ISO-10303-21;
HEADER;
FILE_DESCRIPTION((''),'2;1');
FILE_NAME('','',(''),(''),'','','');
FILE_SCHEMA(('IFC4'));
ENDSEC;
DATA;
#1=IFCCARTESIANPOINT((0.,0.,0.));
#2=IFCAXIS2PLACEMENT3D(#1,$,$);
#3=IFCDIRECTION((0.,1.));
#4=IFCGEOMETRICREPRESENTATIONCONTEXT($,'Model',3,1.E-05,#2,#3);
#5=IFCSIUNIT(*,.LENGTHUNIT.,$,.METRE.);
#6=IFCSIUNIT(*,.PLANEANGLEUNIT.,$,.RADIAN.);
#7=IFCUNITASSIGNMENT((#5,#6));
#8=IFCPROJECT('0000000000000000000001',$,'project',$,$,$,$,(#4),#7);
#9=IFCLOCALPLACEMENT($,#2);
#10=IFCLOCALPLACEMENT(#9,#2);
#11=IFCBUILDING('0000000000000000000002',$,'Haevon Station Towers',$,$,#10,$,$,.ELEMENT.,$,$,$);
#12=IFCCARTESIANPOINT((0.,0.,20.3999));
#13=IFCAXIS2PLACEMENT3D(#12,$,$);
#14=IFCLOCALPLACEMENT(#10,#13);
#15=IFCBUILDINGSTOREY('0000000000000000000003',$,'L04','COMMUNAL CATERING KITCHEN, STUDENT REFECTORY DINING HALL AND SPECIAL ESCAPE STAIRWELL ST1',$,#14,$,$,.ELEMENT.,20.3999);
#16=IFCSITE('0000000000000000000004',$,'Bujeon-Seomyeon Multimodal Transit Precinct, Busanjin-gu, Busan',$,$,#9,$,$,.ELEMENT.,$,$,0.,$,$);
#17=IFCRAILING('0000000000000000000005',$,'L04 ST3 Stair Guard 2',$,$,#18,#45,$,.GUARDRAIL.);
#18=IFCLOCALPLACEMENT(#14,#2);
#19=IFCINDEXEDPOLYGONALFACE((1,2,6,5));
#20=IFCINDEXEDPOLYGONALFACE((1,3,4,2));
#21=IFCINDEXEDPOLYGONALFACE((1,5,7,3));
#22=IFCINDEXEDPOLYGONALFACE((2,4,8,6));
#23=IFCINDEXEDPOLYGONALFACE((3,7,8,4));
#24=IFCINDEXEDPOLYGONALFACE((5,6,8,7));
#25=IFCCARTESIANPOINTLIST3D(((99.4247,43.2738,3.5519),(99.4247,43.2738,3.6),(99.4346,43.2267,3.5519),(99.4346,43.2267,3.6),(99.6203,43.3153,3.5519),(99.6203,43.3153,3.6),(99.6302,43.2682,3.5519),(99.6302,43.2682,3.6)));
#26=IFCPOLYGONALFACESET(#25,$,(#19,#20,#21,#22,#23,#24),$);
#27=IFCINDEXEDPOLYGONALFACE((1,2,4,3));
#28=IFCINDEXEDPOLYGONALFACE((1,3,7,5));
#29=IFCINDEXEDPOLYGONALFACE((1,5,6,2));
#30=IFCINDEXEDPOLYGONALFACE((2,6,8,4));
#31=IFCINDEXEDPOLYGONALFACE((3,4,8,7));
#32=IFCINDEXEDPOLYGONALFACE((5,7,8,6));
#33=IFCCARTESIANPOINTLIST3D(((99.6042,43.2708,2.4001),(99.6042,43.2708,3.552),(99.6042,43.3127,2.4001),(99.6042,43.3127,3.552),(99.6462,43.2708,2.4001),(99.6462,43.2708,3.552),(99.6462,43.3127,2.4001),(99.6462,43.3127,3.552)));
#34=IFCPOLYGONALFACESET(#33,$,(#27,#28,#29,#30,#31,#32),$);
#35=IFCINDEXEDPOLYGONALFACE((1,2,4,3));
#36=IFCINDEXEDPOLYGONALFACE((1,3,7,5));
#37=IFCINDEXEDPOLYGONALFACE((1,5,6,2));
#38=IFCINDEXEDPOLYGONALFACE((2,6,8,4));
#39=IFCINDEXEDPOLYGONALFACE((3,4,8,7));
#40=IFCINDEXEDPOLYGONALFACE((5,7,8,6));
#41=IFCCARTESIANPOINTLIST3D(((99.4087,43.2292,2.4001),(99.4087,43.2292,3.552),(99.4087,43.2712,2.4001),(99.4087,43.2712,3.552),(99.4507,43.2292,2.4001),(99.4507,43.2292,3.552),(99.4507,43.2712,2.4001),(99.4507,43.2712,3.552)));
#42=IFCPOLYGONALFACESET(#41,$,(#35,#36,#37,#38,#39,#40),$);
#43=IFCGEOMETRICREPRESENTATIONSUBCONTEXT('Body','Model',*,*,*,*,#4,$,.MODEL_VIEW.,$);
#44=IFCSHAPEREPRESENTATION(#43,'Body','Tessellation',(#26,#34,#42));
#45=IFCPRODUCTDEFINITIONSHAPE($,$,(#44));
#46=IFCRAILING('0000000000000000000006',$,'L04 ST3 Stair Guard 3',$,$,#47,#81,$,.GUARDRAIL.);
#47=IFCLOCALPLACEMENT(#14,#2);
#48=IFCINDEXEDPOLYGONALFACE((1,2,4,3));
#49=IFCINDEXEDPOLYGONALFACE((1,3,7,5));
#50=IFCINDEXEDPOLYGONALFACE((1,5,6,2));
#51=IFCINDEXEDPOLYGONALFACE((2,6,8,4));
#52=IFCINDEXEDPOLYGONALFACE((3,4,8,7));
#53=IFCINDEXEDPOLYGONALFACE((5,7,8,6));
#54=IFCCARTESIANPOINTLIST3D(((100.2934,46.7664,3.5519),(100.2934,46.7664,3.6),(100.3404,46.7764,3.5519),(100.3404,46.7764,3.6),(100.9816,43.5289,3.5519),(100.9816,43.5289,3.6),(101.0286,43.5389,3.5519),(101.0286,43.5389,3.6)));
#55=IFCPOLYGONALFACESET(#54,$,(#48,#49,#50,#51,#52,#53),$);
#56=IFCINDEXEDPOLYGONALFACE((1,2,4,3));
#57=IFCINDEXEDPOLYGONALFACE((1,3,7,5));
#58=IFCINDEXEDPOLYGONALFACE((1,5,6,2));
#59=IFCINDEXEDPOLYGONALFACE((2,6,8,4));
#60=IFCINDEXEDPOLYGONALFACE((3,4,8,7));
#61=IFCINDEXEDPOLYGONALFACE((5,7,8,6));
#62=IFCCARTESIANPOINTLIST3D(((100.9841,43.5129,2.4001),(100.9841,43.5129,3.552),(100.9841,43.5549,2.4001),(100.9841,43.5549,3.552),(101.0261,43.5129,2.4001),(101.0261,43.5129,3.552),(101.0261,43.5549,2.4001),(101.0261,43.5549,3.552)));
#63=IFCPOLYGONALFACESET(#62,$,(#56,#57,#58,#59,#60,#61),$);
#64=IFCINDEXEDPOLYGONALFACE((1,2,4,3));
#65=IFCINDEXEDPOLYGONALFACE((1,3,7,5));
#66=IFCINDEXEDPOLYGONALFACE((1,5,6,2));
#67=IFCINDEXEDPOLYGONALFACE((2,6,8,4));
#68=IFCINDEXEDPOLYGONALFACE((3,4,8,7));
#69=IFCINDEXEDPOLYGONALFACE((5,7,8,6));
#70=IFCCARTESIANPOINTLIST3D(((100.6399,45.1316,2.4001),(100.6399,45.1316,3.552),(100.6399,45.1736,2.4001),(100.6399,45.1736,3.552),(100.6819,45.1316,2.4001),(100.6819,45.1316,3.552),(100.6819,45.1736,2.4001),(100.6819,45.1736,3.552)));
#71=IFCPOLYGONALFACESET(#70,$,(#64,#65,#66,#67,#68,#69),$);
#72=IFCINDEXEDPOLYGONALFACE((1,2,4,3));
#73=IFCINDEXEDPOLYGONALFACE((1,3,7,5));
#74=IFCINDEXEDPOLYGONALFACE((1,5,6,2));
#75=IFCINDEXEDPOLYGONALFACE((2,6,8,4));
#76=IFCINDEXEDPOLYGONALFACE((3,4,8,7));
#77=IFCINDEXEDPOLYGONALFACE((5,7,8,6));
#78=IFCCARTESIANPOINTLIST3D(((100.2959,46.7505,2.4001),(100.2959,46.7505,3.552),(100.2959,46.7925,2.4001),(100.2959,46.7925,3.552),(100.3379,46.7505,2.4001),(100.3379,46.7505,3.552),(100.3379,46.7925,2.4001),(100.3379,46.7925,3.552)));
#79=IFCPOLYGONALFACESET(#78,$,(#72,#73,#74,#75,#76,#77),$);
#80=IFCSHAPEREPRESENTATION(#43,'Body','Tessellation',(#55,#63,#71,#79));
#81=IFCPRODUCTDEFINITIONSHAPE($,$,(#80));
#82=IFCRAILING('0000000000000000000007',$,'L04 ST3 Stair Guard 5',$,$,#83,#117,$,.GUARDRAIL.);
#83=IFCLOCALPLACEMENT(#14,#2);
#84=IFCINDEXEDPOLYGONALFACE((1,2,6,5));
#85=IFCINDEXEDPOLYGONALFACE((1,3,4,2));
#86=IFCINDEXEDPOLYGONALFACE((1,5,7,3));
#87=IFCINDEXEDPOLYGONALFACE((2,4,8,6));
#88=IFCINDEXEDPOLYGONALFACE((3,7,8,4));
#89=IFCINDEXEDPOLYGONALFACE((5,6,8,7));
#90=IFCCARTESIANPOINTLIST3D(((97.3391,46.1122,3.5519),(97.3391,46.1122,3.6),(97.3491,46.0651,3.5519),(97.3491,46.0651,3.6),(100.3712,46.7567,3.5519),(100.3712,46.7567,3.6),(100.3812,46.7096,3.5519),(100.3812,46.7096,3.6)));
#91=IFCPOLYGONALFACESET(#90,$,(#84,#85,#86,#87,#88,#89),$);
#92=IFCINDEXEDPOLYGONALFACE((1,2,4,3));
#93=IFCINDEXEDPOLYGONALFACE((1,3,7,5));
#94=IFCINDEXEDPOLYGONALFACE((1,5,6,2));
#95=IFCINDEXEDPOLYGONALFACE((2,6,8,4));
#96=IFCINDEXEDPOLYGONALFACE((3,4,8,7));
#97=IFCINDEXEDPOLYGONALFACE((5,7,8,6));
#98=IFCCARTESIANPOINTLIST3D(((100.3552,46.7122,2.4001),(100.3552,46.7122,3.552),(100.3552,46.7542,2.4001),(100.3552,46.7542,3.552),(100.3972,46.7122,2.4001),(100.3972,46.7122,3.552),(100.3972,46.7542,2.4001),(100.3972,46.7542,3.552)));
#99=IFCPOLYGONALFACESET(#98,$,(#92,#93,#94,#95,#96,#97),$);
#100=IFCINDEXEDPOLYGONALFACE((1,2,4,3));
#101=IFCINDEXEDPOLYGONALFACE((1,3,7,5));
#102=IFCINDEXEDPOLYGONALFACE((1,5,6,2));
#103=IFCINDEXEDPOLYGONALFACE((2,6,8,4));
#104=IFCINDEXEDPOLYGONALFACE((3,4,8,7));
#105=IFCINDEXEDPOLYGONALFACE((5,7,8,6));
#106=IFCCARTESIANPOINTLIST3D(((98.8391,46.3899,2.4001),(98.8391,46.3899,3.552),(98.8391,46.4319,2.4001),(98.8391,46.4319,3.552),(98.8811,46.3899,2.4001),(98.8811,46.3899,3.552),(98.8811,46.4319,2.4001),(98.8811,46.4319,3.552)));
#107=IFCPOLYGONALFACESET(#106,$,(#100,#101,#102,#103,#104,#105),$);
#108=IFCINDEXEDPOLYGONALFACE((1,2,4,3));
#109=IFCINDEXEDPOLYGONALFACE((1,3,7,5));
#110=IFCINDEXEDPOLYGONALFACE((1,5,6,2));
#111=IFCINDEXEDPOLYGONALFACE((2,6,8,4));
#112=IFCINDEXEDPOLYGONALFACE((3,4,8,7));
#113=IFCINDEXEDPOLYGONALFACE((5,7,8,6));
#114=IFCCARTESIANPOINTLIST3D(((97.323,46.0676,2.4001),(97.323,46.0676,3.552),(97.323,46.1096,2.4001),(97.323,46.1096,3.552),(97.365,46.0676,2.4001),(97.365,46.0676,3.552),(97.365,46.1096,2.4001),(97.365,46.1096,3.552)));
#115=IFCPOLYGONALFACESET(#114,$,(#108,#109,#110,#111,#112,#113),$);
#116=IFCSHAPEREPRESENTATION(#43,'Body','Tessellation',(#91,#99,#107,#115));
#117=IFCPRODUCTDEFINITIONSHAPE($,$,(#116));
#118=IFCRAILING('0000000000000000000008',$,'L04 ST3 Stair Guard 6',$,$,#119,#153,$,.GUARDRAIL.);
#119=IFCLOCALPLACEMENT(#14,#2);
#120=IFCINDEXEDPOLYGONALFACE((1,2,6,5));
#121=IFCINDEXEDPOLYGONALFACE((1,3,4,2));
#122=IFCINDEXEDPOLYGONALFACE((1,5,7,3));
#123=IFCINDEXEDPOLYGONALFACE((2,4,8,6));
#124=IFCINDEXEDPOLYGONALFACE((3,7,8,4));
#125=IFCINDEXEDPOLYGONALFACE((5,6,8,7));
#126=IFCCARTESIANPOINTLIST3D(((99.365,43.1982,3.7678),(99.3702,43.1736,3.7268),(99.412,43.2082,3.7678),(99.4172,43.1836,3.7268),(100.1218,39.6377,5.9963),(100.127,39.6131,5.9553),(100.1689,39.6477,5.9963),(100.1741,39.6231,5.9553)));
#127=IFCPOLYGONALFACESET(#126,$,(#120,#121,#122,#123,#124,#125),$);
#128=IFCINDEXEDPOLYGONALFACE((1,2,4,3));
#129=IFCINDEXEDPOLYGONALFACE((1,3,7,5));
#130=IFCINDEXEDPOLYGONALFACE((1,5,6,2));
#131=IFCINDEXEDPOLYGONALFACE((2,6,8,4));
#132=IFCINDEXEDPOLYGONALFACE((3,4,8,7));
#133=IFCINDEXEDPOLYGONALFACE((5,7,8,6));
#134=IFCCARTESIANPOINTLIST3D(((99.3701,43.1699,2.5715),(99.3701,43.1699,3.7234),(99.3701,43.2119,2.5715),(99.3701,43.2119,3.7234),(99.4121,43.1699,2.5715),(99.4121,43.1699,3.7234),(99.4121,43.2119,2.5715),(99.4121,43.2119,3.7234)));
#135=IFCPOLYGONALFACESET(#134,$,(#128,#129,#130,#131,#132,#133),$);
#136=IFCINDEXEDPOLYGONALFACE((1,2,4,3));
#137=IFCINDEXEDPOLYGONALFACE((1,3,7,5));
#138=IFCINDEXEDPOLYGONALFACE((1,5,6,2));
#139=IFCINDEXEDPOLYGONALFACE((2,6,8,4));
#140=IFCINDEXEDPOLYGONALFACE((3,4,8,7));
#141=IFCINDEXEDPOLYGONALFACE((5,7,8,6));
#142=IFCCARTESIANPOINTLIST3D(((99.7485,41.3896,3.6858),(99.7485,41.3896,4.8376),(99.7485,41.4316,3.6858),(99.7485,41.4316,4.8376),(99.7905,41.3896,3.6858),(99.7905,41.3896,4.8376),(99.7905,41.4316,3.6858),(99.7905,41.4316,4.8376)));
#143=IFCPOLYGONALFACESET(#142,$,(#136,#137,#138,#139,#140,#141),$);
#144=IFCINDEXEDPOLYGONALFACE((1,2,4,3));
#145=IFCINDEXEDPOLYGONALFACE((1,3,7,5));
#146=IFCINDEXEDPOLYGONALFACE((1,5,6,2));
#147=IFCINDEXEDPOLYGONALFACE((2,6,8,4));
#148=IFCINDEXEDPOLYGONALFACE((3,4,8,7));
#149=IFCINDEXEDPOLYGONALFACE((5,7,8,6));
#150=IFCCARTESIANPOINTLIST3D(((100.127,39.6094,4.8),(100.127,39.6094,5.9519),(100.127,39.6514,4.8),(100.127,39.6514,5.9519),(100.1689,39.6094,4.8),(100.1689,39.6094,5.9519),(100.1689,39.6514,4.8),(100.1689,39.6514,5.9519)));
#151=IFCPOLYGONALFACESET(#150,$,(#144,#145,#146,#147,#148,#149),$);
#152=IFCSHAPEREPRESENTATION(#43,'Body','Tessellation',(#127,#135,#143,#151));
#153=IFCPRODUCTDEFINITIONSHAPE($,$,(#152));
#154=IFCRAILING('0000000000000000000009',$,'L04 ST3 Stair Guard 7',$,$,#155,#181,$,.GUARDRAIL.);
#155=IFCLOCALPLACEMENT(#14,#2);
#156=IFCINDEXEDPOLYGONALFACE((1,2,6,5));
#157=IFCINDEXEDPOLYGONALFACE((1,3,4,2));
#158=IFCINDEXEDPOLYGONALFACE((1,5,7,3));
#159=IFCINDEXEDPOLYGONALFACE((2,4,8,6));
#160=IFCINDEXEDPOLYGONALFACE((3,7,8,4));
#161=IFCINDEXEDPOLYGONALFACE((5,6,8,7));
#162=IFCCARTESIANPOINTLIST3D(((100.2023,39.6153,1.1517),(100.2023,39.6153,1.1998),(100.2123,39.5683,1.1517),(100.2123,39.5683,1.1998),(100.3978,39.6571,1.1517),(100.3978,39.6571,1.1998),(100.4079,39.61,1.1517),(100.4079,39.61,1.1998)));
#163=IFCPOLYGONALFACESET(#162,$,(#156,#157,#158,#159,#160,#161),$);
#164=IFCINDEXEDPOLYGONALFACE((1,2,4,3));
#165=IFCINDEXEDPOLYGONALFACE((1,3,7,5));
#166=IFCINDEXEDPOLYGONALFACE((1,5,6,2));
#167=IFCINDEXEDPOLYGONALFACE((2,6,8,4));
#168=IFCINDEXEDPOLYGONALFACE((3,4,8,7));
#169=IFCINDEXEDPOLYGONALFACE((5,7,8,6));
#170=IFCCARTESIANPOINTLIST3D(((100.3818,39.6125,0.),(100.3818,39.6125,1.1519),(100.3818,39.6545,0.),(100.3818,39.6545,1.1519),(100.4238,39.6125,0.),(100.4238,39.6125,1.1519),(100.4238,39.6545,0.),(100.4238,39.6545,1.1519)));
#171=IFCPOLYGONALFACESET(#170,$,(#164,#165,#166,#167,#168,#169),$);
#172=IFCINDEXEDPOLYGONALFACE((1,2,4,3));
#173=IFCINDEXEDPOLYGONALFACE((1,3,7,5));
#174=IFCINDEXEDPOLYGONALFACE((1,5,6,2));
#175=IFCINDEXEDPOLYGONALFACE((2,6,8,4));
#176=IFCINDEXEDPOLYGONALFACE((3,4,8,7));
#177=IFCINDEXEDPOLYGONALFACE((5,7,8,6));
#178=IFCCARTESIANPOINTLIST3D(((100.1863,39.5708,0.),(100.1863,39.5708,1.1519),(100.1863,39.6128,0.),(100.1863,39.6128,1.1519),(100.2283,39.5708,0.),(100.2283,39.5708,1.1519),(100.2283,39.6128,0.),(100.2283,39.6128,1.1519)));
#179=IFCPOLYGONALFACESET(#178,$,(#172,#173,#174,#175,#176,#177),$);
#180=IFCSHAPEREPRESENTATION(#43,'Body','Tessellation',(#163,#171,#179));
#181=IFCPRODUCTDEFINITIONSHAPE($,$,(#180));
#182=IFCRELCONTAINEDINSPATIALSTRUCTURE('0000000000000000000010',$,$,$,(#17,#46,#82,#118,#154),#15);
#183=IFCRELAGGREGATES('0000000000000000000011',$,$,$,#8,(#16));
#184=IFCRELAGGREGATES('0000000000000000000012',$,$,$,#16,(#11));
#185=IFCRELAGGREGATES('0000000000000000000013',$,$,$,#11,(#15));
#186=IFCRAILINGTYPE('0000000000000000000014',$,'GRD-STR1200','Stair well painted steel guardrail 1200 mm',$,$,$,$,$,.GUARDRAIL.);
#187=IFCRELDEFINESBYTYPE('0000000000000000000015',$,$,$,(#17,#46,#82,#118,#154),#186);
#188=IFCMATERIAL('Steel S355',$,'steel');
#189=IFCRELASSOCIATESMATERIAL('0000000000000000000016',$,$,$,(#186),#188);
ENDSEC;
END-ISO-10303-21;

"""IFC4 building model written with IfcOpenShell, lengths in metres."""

from ifc_helpers import new_model, si_unit, direction, frame, origin, origin_2d, place, context, subcontext, project, spatial, rectangle, extrude, material, type_object, element, save


model = new_model("IFC4")

# Units and contexts
model_context = context("Model", 3, precision=1e-05, world=origin(), true_north=direction((0.0, 1.0)))
body_context = subcontext(model_context, "Body", "Model", "MODEL_VIEW")
ifc_project = project(units=[si_unit("LENGTHUNIT", "METRE"), si_unit("PLANEANGLEUNIT", "RADIAN")], contexts=[model_context])

# Site, building, storey
site_placement = place(None, origin())
site = spatial("IfcSite", under=ifc_project, at=site_placement, Name="Bujeon-Seomyeon Multimodal Transit Precinct, Busanjin-gu, Busan", CompositionType="ELEMENT", RefElevation=0.0)
building_placement = place(site_placement, origin())
building = spatial("IfcBuilding", under=site, at=building_placement, Name="Haevon Station Towers", CompositionType="ELEMENT")
storey_placement = place(building_placement, frame((0.0, 0.0, 20.3999)))
storey = spatial("IfcBuildingStorey", under=building, at=storey_placement, Name="L04", Description="COMMUNAL CATERING KITCHEN, STUDENT REFECTORY DINING HALL AND SPECIAL ESCAPE STAIRWELL ST1", CompositionType="ELEMENT", Elevation=20.3999)

# Shared definitions
ifc_material_1 = material(Name="Steel S355", Category="steel")

# Railings
railing_type_1 = type_object("IfcRailingType", Name="GRD-STR1200", Description="Stair well painted steel guardrail 1200 mm", PredefinedType="GUARDRAIL", material=ifc_material_1)
railing_1_placement = place(storey_placement, frame((99.6252, 43.2917, 2.4001)))
element("IfcRailing", 1, at=railing_1_placement, inside=storey, type_object=railing_type_1, Name="L04 ST3 Stair Guard 2", PredefinedType="GUARDRAIL", context=body_context, shape_type="SweptSolid", body=[
    extrude(rectangle(XDim=0.0481, YDim=0.0481, at=origin_2d()), frame((0.0, 0.0, 1.1758), z_axis=(-0.978212, -0.20761, 0.0), x_axis=(0.20761, -0.978212, 0.0)), (0.0, 0.0, 1.0), 0.2),
    extrude(rectangle(XDim=0.042, YDim=0.042, at=origin_2d()), origin(), (0.0, 0.0, 1.0), 1.1519),
    extrude(rectangle(XDim=0.042, YDim=0.042, at=origin_2d()), frame((-0.1956, -0.0415, 0.0)), (0.0, 0.0, 1.0), 1.1519),
])
railing_2_placement = place(storey_placement, frame((101.0051, 43.5339, 2.4001)))
element("IfcRailing", 2, at=railing_2_placement, inside=storey, type_object=railing_type_1, Name="L04 ST3 Stair Guard 3", PredefinedType="GUARDRAIL", context=body_context, shape_type="SweptSolid", body=[
    extrude(rectangle(XDim=0.0481, YDim=0.0481, at=origin_2d()), frame((0.0, 0.0, 1.1758), z_axis=(-0.207932, 0.978143, 0.0), x_axis=(-0.978143, -0.207932, 0.0)), (0.0, 0.0, 1.0), 3.3098),
    extrude(rectangle(XDim=0.042, YDim=0.042, at=origin_2d()), origin(), (0.0, 0.0, 1.0), 1.1519),
    extrude(rectangle(XDim=0.042, YDim=0.042, at=origin_2d()), frame((-0.3442, 1.6187, 0.0)), (0.0, 0.0, 1.0), 1.1519),
    extrude(rectangle(XDim=0.042, YDim=0.042, at=origin_2d()), frame((-0.6882, 3.2375, 0.0)), (0.0, 0.0, 1.0), 1.1519),
])
railing_3_placement = place(storey_placement, frame((100.3762, 46.7332, 2.4001)))
element("IfcRailing", 3, at=railing_3_placement, inside=storey, type_object=railing_type_1, Name="L04 ST3 Stair Guard 5", PredefinedType="GUARDRAIL", context=body_context, shape_type="SweptSolid", body=[
    extrude(rectangle(XDim=0.0481, YDim=0.0481, at=origin_2d()), frame((0.0, 0.0, 1.1758), z_axis=(-0.978147, -0.207915, 0.0), x_axis=(0.207915, -0.978147, 0.0)), (0.0, 0.0, 1.0), 3.0999),
    extrude(rectangle(XDim=0.042, YDim=0.042, at=origin_2d()), origin(), (0.0, 0.0, 1.0), 1.1519),
    extrude(rectangle(XDim=0.042, YDim=0.042, at=origin_2d()), frame((-1.5161, -0.3223, 0.0)), (0.0, 0.0, 1.0), 1.1519),
    extrude(rectangle(XDim=0.042, YDim=0.042, at=origin_2d()), frame((-3.0322, -0.6445, 0.0)), (0.0, 0.0, 1.0), 1.1519),
])
railing_4_placement = place(storey_placement, frame((99.3911, 43.1909, 2.5715)))
element("IfcRailing", 4, at=railing_4_placement, inside=storey, type_object=railing_type_1, Name="L04 ST3 Stair Guard 6", PredefinedType="GUARDRAIL", context=body_context, shape_type="SweptSolid", body=[
    extrude(rectangle(XDim=0.0481, YDim=0.0481, at=origin_2d()), frame((0.0, 0.0, 1.1758), z_axis=(0.177324, -0.834225, 0.522134), x_axis=(0.978147, 0.207917, 0.0)), (0.0, 0.0, 1.0), 4.2681),
    extrude(rectangle(XDim=0.042, YDim=0.042, at=origin_2d()), origin(), (0.0, 0.0, 1.0), 1.1519),
    extrude(rectangle(XDim=0.042, YDim=0.042, at=origin_2d()), frame((0.3784, -1.7803, 1.1143)), (0.0, 0.0, 1.0), 1.1519),
    extrude(rectangle(XDim=0.042, YDim=0.042, at=origin_2d()), frame((0.7568, -3.5605, 2.2285)), (0.0, 0.0, 1.0), 1.1519),
])
railing_5_placement = place(storey_placement, frame((100.4028, 39.6335, 0.0)))
element("IfcRailing", 5, at=railing_5_placement, inside=storey, type_object=railing_type_1, Name="L04 ST3 Stair Guard 7", PredefinedType="GUARDRAIL", context=body_context, shape_type="SweptSolid", body=[
    extrude(rectangle(XDim=0.0481, YDim=0.0481, at=origin_2d()), frame((0.0, 0.0, 1.1758), z_axis=(-0.977963, -0.208779, 0.0), x_axis=(0.208779, -0.977963, 0.0)), (0.0, 0.0, 1.0), 0.2),
    extrude(rectangle(XDim=0.042, YDim=0.042, at=origin_2d()), origin(), (0.0, 0.0, 1.0), 1.1519),
    extrude(rectangle(XDim=0.042, YDim=0.042, at=origin_2d()), frame((-0.1956, -0.0417, 0.0)), (0.0, 0.0, 1.0), 1.1519),
])

save(model, "model.ifc")
